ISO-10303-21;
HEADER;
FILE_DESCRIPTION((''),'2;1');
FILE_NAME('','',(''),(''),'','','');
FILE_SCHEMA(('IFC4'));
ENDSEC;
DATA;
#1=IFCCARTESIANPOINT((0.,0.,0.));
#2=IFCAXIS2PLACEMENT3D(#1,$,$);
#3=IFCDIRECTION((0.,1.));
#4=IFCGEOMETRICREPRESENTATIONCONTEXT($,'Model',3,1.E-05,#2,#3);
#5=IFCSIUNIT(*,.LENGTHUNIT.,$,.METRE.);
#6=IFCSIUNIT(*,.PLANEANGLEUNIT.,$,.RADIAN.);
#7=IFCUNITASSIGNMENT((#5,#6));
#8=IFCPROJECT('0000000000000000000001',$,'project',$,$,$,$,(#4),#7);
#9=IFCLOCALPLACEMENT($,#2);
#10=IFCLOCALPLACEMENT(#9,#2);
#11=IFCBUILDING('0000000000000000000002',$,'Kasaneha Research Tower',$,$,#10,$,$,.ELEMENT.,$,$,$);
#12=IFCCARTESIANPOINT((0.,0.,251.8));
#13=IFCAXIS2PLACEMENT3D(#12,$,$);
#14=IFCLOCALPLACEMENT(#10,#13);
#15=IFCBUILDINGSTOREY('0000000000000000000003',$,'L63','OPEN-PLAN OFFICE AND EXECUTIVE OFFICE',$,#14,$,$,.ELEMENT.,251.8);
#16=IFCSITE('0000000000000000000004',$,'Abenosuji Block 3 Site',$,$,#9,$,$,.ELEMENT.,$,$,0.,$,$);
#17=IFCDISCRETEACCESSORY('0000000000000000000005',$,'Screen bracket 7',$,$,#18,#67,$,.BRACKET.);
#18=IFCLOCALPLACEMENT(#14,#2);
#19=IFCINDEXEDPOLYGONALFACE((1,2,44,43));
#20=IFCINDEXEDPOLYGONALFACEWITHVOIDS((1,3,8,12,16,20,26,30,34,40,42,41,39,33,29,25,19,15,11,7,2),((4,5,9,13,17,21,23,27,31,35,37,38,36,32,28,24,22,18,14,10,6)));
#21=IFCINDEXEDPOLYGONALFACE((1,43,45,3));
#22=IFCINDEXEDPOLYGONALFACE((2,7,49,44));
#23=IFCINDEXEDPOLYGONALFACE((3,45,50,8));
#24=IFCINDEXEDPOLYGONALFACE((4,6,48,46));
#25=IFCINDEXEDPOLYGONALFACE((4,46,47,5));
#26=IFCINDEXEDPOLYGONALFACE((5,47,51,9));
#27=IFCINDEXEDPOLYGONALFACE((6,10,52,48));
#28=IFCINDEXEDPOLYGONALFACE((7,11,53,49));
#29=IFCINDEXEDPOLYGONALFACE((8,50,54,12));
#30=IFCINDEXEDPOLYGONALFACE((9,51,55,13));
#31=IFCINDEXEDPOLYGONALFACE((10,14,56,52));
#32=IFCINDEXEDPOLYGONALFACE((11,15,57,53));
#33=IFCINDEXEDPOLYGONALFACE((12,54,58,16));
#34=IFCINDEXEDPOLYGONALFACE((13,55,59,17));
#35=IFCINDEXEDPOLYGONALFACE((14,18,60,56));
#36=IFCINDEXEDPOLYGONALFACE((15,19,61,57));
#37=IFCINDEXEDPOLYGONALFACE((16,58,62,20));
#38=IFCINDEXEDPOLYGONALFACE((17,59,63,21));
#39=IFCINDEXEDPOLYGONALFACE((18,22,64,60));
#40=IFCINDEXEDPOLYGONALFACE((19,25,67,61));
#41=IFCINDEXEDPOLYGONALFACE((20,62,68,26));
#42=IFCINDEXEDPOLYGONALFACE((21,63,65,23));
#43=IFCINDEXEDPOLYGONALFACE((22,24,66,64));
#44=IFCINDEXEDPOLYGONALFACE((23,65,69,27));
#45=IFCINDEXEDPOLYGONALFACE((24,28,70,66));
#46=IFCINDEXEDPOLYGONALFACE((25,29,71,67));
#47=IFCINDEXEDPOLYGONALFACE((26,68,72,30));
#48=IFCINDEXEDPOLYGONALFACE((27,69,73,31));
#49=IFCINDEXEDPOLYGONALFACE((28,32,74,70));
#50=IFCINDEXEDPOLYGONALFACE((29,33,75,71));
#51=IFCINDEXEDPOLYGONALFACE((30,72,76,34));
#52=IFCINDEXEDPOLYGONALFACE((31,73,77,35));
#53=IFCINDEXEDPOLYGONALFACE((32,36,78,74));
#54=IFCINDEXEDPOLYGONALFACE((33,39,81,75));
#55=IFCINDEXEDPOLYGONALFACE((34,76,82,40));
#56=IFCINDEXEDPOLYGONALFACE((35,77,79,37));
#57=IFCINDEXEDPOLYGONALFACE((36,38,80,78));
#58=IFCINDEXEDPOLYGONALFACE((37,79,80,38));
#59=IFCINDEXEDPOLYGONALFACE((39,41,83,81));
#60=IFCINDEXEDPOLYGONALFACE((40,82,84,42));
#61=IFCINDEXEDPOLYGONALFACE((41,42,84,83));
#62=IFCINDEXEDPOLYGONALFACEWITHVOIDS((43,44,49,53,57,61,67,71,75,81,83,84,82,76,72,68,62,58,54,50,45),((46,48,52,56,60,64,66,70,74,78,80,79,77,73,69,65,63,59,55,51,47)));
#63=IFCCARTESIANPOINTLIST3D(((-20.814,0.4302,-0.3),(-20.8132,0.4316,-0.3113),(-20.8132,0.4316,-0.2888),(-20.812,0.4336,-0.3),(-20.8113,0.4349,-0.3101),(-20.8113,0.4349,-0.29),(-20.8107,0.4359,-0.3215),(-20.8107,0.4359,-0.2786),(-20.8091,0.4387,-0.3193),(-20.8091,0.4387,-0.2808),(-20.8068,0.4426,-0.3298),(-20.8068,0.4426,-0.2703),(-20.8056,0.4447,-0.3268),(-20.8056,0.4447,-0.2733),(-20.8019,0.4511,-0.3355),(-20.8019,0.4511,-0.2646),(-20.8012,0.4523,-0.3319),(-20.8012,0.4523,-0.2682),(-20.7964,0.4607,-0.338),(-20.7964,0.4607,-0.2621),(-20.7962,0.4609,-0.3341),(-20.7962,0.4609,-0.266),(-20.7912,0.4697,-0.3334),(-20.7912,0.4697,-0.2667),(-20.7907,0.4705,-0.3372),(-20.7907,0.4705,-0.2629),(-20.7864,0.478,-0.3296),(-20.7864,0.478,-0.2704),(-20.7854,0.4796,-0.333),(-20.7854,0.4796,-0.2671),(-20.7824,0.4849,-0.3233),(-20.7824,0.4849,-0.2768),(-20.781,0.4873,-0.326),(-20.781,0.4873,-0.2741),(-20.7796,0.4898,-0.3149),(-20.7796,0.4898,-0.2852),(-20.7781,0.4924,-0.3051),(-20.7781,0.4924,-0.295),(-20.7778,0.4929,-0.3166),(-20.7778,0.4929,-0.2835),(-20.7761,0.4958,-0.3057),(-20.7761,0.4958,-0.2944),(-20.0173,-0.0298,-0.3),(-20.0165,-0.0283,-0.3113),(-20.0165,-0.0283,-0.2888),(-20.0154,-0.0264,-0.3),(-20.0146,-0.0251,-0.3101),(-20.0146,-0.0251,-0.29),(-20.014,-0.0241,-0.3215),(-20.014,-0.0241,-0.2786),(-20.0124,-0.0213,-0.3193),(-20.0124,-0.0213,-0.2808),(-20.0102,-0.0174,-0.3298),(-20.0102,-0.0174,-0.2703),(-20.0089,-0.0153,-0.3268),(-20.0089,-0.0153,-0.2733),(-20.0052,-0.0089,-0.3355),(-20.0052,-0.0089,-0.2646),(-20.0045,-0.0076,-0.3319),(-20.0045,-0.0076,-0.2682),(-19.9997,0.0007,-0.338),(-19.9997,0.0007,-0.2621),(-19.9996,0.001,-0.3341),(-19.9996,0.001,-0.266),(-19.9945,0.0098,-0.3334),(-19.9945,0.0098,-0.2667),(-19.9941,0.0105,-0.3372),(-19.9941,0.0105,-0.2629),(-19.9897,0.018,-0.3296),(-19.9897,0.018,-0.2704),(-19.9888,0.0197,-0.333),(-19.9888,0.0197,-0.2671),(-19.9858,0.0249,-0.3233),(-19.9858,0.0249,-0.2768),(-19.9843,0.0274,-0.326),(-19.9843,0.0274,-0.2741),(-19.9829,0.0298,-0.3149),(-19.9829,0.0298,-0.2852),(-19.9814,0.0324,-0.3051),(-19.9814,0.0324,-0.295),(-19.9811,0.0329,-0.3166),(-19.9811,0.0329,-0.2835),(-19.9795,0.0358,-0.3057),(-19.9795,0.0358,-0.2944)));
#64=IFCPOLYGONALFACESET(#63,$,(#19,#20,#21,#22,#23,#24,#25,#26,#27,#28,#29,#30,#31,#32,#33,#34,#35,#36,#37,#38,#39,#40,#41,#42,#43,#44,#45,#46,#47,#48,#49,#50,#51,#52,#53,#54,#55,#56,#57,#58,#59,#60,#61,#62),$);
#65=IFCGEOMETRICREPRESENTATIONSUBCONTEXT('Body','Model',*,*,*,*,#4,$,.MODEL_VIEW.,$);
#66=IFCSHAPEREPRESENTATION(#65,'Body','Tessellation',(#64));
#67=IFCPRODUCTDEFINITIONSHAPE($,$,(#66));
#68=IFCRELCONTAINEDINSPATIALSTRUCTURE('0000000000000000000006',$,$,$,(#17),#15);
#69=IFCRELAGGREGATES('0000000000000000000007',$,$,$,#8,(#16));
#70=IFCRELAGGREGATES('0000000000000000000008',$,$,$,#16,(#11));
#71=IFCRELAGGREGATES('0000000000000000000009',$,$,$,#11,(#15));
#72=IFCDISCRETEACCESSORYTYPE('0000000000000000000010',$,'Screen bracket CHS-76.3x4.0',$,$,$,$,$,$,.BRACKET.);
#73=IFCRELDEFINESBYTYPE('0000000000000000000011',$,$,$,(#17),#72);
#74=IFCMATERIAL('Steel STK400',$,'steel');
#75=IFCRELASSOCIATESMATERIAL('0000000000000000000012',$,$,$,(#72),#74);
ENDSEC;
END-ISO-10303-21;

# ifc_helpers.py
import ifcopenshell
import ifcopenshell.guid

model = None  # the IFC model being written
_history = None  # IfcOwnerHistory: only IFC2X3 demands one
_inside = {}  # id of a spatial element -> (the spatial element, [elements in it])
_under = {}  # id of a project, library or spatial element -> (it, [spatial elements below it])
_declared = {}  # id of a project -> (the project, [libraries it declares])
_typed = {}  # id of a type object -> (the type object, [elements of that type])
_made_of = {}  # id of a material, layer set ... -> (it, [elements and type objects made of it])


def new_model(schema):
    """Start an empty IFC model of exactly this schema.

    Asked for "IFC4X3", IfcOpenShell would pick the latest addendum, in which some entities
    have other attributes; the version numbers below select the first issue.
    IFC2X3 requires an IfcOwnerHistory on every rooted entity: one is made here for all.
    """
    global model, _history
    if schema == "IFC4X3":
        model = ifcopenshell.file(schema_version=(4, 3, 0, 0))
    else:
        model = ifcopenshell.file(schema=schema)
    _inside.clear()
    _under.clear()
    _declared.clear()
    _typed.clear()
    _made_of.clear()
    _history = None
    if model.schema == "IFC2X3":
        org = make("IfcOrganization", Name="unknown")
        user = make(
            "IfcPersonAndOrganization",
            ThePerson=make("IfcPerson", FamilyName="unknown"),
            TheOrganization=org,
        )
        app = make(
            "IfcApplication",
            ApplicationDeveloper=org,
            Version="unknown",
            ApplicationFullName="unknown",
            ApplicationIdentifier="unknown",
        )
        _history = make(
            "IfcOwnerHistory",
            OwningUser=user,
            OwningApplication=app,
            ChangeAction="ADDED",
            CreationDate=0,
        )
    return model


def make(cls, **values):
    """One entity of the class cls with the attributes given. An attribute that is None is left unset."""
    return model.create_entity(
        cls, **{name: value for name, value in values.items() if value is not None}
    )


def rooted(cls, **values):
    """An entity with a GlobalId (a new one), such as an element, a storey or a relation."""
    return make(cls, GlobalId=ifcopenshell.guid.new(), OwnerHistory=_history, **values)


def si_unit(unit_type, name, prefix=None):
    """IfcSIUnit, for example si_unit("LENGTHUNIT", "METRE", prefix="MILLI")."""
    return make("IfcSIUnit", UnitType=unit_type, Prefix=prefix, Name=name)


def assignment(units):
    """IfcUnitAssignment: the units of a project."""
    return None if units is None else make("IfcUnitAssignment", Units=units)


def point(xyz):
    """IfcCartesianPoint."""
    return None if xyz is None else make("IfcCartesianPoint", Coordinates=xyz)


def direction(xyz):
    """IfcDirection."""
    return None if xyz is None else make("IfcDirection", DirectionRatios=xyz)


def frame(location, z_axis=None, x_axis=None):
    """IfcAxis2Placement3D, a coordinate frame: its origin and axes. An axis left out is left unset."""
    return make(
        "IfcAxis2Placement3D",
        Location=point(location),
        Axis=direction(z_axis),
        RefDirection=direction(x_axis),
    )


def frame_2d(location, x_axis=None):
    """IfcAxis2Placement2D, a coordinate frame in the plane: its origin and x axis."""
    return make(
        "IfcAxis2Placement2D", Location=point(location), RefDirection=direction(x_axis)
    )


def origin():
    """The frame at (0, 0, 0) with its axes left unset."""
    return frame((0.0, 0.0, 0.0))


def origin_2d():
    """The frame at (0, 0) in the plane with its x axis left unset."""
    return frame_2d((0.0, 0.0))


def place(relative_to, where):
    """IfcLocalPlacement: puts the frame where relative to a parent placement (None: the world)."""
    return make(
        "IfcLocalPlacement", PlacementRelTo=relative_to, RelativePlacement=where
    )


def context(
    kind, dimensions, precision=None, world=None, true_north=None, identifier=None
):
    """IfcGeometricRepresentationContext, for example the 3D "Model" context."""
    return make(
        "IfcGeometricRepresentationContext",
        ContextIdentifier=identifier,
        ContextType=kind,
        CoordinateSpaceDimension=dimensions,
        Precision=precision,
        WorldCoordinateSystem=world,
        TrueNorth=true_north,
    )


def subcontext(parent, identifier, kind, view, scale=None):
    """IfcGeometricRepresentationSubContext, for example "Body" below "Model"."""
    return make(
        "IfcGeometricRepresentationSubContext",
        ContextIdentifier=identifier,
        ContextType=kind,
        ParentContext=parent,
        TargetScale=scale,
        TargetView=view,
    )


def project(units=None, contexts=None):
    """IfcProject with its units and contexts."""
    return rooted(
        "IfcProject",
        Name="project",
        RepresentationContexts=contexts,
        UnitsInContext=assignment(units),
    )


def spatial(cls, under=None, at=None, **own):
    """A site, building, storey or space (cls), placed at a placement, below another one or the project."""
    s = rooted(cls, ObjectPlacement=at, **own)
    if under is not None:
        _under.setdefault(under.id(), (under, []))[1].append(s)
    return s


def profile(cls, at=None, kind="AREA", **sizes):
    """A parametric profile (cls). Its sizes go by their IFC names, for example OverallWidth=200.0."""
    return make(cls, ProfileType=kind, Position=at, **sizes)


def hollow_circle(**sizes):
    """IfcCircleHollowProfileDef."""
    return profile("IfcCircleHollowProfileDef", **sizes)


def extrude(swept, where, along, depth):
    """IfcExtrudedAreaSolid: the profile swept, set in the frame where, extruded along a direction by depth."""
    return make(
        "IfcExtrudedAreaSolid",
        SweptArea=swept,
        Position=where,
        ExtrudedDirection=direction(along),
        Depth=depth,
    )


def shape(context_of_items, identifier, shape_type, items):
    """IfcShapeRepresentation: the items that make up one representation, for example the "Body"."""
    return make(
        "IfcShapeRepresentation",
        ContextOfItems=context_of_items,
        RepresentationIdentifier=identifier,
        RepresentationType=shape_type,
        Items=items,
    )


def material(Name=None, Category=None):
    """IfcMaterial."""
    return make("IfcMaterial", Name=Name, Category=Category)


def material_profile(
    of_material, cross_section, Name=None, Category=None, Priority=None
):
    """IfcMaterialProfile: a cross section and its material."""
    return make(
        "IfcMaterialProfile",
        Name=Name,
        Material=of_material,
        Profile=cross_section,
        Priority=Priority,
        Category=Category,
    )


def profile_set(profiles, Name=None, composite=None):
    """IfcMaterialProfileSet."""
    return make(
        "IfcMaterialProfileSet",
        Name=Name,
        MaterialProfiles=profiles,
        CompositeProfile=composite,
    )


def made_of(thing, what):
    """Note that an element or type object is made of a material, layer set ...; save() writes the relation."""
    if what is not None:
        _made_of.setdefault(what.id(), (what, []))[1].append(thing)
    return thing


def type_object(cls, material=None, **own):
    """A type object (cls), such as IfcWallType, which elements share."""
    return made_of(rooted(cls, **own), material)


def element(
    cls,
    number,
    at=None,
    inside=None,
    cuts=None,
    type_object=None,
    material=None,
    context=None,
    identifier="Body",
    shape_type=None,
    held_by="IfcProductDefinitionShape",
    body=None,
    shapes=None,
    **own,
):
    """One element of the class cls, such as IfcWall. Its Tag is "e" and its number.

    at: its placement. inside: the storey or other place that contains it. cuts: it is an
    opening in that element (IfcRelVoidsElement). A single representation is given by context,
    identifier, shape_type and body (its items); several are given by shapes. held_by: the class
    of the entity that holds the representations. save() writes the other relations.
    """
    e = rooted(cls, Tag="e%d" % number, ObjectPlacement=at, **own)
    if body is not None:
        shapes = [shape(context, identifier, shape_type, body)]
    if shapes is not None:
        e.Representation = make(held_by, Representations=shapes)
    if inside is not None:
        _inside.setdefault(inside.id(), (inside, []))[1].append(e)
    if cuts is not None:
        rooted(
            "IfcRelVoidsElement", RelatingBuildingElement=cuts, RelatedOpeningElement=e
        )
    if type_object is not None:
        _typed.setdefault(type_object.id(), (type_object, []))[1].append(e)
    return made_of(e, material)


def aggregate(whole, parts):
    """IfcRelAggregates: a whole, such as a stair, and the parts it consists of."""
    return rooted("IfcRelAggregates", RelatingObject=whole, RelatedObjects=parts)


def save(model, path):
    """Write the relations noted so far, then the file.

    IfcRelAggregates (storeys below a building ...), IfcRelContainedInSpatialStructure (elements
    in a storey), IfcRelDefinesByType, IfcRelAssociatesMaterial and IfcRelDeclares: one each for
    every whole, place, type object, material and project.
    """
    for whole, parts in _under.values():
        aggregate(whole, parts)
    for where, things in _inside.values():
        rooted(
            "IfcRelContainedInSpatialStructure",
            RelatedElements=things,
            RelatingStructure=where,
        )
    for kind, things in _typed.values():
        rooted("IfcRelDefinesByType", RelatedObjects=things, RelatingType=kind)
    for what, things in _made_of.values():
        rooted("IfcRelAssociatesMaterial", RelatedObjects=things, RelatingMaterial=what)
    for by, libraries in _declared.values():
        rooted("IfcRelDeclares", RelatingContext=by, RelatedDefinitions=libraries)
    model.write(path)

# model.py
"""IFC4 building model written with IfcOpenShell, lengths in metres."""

from ifc_helpers import new_model, si_unit, direction, frame, origin, origin_2d, place, context, subcontext, project, spatial, hollow_circle, extrude, material, material_profile, profile_set, type_object, element, save


model = new_model("IFC4")

# Units and contexts
model_context = context("Model", 3, precision=1e-05, world=origin(), true_north=direction((0.0, 1.0)))
body_context = subcontext(model_context, "Body", "Model", "MODEL_VIEW")
ifc_project = project(units=[si_unit("LENGTHUNIT", "METRE"), si_unit("PLANEANGLEUNIT", "RADIAN")], contexts=[model_context])

# Site, building, storey
site_placement = place(None, origin())
site = spatial("IfcSite", under=ifc_project, at=site_placement, Name="Abenosuji Block 3 Site", CompositionType="ELEMENT", RefElevation=0.0)
building_placement = place(site_placement, origin())
building = spatial("IfcBuilding", under=site, at=building_placement, Name="Kasaneha Research Tower", CompositionType="ELEMENT")
storey_placement = place(building_placement, frame((0.0, 0.0, 251.8)))
storey = spatial("IfcBuildingStorey", under=building, at=storey_placement, Name="L63", Description="OPEN-PLAN OFFICE AND EXECUTIVE OFFICE", CompositionType="ELEMENT", Elevation=251.8)

# Discrete accessory
ifc_material_1 = material(Name="Steel STK400", Category="steel")
ifc_material_profile_1 = material_profile(ifc_material_1, hollow_circle(Radius=0.0381, WallThickness=0.0039, at=origin_2d()), Name="CHS-76.3x4.0")
ifc_profile_set_1 = profile_set([ifc_material_profile_1], Name="Steel STK400")
discrete_accessory_type = type_object("IfcDiscreteAccessoryType", Name="Screen bracket CHS-76.3x4.0", PredefinedType="BRACKET", material=ifc_profile_set_1)
discrete_accessory_1_placement = place(storey_placement, frame((-19.9983, 0.0032, -0.3), z_axis=(-0.866013, 0.500021, 0.0), x_axis=(-0.500021, -0.866013, 0.0)))
element("IfcDiscreteAccessory", 1, at=discrete_accessory_1_placement, inside=storey, type_object=discrete_accessory_type, Name="Screen bracket 7", PredefinedType="BRACKET", context=body_context, shape_type="SweptSolid", body=[
    extrude(hollow_circle(Radius=0.0381, WallThickness=0.0039, at=origin_2d()), origin(), (0.0, 0.0, 1.0), 0.9199),
])

save(model, "model.ifc")
